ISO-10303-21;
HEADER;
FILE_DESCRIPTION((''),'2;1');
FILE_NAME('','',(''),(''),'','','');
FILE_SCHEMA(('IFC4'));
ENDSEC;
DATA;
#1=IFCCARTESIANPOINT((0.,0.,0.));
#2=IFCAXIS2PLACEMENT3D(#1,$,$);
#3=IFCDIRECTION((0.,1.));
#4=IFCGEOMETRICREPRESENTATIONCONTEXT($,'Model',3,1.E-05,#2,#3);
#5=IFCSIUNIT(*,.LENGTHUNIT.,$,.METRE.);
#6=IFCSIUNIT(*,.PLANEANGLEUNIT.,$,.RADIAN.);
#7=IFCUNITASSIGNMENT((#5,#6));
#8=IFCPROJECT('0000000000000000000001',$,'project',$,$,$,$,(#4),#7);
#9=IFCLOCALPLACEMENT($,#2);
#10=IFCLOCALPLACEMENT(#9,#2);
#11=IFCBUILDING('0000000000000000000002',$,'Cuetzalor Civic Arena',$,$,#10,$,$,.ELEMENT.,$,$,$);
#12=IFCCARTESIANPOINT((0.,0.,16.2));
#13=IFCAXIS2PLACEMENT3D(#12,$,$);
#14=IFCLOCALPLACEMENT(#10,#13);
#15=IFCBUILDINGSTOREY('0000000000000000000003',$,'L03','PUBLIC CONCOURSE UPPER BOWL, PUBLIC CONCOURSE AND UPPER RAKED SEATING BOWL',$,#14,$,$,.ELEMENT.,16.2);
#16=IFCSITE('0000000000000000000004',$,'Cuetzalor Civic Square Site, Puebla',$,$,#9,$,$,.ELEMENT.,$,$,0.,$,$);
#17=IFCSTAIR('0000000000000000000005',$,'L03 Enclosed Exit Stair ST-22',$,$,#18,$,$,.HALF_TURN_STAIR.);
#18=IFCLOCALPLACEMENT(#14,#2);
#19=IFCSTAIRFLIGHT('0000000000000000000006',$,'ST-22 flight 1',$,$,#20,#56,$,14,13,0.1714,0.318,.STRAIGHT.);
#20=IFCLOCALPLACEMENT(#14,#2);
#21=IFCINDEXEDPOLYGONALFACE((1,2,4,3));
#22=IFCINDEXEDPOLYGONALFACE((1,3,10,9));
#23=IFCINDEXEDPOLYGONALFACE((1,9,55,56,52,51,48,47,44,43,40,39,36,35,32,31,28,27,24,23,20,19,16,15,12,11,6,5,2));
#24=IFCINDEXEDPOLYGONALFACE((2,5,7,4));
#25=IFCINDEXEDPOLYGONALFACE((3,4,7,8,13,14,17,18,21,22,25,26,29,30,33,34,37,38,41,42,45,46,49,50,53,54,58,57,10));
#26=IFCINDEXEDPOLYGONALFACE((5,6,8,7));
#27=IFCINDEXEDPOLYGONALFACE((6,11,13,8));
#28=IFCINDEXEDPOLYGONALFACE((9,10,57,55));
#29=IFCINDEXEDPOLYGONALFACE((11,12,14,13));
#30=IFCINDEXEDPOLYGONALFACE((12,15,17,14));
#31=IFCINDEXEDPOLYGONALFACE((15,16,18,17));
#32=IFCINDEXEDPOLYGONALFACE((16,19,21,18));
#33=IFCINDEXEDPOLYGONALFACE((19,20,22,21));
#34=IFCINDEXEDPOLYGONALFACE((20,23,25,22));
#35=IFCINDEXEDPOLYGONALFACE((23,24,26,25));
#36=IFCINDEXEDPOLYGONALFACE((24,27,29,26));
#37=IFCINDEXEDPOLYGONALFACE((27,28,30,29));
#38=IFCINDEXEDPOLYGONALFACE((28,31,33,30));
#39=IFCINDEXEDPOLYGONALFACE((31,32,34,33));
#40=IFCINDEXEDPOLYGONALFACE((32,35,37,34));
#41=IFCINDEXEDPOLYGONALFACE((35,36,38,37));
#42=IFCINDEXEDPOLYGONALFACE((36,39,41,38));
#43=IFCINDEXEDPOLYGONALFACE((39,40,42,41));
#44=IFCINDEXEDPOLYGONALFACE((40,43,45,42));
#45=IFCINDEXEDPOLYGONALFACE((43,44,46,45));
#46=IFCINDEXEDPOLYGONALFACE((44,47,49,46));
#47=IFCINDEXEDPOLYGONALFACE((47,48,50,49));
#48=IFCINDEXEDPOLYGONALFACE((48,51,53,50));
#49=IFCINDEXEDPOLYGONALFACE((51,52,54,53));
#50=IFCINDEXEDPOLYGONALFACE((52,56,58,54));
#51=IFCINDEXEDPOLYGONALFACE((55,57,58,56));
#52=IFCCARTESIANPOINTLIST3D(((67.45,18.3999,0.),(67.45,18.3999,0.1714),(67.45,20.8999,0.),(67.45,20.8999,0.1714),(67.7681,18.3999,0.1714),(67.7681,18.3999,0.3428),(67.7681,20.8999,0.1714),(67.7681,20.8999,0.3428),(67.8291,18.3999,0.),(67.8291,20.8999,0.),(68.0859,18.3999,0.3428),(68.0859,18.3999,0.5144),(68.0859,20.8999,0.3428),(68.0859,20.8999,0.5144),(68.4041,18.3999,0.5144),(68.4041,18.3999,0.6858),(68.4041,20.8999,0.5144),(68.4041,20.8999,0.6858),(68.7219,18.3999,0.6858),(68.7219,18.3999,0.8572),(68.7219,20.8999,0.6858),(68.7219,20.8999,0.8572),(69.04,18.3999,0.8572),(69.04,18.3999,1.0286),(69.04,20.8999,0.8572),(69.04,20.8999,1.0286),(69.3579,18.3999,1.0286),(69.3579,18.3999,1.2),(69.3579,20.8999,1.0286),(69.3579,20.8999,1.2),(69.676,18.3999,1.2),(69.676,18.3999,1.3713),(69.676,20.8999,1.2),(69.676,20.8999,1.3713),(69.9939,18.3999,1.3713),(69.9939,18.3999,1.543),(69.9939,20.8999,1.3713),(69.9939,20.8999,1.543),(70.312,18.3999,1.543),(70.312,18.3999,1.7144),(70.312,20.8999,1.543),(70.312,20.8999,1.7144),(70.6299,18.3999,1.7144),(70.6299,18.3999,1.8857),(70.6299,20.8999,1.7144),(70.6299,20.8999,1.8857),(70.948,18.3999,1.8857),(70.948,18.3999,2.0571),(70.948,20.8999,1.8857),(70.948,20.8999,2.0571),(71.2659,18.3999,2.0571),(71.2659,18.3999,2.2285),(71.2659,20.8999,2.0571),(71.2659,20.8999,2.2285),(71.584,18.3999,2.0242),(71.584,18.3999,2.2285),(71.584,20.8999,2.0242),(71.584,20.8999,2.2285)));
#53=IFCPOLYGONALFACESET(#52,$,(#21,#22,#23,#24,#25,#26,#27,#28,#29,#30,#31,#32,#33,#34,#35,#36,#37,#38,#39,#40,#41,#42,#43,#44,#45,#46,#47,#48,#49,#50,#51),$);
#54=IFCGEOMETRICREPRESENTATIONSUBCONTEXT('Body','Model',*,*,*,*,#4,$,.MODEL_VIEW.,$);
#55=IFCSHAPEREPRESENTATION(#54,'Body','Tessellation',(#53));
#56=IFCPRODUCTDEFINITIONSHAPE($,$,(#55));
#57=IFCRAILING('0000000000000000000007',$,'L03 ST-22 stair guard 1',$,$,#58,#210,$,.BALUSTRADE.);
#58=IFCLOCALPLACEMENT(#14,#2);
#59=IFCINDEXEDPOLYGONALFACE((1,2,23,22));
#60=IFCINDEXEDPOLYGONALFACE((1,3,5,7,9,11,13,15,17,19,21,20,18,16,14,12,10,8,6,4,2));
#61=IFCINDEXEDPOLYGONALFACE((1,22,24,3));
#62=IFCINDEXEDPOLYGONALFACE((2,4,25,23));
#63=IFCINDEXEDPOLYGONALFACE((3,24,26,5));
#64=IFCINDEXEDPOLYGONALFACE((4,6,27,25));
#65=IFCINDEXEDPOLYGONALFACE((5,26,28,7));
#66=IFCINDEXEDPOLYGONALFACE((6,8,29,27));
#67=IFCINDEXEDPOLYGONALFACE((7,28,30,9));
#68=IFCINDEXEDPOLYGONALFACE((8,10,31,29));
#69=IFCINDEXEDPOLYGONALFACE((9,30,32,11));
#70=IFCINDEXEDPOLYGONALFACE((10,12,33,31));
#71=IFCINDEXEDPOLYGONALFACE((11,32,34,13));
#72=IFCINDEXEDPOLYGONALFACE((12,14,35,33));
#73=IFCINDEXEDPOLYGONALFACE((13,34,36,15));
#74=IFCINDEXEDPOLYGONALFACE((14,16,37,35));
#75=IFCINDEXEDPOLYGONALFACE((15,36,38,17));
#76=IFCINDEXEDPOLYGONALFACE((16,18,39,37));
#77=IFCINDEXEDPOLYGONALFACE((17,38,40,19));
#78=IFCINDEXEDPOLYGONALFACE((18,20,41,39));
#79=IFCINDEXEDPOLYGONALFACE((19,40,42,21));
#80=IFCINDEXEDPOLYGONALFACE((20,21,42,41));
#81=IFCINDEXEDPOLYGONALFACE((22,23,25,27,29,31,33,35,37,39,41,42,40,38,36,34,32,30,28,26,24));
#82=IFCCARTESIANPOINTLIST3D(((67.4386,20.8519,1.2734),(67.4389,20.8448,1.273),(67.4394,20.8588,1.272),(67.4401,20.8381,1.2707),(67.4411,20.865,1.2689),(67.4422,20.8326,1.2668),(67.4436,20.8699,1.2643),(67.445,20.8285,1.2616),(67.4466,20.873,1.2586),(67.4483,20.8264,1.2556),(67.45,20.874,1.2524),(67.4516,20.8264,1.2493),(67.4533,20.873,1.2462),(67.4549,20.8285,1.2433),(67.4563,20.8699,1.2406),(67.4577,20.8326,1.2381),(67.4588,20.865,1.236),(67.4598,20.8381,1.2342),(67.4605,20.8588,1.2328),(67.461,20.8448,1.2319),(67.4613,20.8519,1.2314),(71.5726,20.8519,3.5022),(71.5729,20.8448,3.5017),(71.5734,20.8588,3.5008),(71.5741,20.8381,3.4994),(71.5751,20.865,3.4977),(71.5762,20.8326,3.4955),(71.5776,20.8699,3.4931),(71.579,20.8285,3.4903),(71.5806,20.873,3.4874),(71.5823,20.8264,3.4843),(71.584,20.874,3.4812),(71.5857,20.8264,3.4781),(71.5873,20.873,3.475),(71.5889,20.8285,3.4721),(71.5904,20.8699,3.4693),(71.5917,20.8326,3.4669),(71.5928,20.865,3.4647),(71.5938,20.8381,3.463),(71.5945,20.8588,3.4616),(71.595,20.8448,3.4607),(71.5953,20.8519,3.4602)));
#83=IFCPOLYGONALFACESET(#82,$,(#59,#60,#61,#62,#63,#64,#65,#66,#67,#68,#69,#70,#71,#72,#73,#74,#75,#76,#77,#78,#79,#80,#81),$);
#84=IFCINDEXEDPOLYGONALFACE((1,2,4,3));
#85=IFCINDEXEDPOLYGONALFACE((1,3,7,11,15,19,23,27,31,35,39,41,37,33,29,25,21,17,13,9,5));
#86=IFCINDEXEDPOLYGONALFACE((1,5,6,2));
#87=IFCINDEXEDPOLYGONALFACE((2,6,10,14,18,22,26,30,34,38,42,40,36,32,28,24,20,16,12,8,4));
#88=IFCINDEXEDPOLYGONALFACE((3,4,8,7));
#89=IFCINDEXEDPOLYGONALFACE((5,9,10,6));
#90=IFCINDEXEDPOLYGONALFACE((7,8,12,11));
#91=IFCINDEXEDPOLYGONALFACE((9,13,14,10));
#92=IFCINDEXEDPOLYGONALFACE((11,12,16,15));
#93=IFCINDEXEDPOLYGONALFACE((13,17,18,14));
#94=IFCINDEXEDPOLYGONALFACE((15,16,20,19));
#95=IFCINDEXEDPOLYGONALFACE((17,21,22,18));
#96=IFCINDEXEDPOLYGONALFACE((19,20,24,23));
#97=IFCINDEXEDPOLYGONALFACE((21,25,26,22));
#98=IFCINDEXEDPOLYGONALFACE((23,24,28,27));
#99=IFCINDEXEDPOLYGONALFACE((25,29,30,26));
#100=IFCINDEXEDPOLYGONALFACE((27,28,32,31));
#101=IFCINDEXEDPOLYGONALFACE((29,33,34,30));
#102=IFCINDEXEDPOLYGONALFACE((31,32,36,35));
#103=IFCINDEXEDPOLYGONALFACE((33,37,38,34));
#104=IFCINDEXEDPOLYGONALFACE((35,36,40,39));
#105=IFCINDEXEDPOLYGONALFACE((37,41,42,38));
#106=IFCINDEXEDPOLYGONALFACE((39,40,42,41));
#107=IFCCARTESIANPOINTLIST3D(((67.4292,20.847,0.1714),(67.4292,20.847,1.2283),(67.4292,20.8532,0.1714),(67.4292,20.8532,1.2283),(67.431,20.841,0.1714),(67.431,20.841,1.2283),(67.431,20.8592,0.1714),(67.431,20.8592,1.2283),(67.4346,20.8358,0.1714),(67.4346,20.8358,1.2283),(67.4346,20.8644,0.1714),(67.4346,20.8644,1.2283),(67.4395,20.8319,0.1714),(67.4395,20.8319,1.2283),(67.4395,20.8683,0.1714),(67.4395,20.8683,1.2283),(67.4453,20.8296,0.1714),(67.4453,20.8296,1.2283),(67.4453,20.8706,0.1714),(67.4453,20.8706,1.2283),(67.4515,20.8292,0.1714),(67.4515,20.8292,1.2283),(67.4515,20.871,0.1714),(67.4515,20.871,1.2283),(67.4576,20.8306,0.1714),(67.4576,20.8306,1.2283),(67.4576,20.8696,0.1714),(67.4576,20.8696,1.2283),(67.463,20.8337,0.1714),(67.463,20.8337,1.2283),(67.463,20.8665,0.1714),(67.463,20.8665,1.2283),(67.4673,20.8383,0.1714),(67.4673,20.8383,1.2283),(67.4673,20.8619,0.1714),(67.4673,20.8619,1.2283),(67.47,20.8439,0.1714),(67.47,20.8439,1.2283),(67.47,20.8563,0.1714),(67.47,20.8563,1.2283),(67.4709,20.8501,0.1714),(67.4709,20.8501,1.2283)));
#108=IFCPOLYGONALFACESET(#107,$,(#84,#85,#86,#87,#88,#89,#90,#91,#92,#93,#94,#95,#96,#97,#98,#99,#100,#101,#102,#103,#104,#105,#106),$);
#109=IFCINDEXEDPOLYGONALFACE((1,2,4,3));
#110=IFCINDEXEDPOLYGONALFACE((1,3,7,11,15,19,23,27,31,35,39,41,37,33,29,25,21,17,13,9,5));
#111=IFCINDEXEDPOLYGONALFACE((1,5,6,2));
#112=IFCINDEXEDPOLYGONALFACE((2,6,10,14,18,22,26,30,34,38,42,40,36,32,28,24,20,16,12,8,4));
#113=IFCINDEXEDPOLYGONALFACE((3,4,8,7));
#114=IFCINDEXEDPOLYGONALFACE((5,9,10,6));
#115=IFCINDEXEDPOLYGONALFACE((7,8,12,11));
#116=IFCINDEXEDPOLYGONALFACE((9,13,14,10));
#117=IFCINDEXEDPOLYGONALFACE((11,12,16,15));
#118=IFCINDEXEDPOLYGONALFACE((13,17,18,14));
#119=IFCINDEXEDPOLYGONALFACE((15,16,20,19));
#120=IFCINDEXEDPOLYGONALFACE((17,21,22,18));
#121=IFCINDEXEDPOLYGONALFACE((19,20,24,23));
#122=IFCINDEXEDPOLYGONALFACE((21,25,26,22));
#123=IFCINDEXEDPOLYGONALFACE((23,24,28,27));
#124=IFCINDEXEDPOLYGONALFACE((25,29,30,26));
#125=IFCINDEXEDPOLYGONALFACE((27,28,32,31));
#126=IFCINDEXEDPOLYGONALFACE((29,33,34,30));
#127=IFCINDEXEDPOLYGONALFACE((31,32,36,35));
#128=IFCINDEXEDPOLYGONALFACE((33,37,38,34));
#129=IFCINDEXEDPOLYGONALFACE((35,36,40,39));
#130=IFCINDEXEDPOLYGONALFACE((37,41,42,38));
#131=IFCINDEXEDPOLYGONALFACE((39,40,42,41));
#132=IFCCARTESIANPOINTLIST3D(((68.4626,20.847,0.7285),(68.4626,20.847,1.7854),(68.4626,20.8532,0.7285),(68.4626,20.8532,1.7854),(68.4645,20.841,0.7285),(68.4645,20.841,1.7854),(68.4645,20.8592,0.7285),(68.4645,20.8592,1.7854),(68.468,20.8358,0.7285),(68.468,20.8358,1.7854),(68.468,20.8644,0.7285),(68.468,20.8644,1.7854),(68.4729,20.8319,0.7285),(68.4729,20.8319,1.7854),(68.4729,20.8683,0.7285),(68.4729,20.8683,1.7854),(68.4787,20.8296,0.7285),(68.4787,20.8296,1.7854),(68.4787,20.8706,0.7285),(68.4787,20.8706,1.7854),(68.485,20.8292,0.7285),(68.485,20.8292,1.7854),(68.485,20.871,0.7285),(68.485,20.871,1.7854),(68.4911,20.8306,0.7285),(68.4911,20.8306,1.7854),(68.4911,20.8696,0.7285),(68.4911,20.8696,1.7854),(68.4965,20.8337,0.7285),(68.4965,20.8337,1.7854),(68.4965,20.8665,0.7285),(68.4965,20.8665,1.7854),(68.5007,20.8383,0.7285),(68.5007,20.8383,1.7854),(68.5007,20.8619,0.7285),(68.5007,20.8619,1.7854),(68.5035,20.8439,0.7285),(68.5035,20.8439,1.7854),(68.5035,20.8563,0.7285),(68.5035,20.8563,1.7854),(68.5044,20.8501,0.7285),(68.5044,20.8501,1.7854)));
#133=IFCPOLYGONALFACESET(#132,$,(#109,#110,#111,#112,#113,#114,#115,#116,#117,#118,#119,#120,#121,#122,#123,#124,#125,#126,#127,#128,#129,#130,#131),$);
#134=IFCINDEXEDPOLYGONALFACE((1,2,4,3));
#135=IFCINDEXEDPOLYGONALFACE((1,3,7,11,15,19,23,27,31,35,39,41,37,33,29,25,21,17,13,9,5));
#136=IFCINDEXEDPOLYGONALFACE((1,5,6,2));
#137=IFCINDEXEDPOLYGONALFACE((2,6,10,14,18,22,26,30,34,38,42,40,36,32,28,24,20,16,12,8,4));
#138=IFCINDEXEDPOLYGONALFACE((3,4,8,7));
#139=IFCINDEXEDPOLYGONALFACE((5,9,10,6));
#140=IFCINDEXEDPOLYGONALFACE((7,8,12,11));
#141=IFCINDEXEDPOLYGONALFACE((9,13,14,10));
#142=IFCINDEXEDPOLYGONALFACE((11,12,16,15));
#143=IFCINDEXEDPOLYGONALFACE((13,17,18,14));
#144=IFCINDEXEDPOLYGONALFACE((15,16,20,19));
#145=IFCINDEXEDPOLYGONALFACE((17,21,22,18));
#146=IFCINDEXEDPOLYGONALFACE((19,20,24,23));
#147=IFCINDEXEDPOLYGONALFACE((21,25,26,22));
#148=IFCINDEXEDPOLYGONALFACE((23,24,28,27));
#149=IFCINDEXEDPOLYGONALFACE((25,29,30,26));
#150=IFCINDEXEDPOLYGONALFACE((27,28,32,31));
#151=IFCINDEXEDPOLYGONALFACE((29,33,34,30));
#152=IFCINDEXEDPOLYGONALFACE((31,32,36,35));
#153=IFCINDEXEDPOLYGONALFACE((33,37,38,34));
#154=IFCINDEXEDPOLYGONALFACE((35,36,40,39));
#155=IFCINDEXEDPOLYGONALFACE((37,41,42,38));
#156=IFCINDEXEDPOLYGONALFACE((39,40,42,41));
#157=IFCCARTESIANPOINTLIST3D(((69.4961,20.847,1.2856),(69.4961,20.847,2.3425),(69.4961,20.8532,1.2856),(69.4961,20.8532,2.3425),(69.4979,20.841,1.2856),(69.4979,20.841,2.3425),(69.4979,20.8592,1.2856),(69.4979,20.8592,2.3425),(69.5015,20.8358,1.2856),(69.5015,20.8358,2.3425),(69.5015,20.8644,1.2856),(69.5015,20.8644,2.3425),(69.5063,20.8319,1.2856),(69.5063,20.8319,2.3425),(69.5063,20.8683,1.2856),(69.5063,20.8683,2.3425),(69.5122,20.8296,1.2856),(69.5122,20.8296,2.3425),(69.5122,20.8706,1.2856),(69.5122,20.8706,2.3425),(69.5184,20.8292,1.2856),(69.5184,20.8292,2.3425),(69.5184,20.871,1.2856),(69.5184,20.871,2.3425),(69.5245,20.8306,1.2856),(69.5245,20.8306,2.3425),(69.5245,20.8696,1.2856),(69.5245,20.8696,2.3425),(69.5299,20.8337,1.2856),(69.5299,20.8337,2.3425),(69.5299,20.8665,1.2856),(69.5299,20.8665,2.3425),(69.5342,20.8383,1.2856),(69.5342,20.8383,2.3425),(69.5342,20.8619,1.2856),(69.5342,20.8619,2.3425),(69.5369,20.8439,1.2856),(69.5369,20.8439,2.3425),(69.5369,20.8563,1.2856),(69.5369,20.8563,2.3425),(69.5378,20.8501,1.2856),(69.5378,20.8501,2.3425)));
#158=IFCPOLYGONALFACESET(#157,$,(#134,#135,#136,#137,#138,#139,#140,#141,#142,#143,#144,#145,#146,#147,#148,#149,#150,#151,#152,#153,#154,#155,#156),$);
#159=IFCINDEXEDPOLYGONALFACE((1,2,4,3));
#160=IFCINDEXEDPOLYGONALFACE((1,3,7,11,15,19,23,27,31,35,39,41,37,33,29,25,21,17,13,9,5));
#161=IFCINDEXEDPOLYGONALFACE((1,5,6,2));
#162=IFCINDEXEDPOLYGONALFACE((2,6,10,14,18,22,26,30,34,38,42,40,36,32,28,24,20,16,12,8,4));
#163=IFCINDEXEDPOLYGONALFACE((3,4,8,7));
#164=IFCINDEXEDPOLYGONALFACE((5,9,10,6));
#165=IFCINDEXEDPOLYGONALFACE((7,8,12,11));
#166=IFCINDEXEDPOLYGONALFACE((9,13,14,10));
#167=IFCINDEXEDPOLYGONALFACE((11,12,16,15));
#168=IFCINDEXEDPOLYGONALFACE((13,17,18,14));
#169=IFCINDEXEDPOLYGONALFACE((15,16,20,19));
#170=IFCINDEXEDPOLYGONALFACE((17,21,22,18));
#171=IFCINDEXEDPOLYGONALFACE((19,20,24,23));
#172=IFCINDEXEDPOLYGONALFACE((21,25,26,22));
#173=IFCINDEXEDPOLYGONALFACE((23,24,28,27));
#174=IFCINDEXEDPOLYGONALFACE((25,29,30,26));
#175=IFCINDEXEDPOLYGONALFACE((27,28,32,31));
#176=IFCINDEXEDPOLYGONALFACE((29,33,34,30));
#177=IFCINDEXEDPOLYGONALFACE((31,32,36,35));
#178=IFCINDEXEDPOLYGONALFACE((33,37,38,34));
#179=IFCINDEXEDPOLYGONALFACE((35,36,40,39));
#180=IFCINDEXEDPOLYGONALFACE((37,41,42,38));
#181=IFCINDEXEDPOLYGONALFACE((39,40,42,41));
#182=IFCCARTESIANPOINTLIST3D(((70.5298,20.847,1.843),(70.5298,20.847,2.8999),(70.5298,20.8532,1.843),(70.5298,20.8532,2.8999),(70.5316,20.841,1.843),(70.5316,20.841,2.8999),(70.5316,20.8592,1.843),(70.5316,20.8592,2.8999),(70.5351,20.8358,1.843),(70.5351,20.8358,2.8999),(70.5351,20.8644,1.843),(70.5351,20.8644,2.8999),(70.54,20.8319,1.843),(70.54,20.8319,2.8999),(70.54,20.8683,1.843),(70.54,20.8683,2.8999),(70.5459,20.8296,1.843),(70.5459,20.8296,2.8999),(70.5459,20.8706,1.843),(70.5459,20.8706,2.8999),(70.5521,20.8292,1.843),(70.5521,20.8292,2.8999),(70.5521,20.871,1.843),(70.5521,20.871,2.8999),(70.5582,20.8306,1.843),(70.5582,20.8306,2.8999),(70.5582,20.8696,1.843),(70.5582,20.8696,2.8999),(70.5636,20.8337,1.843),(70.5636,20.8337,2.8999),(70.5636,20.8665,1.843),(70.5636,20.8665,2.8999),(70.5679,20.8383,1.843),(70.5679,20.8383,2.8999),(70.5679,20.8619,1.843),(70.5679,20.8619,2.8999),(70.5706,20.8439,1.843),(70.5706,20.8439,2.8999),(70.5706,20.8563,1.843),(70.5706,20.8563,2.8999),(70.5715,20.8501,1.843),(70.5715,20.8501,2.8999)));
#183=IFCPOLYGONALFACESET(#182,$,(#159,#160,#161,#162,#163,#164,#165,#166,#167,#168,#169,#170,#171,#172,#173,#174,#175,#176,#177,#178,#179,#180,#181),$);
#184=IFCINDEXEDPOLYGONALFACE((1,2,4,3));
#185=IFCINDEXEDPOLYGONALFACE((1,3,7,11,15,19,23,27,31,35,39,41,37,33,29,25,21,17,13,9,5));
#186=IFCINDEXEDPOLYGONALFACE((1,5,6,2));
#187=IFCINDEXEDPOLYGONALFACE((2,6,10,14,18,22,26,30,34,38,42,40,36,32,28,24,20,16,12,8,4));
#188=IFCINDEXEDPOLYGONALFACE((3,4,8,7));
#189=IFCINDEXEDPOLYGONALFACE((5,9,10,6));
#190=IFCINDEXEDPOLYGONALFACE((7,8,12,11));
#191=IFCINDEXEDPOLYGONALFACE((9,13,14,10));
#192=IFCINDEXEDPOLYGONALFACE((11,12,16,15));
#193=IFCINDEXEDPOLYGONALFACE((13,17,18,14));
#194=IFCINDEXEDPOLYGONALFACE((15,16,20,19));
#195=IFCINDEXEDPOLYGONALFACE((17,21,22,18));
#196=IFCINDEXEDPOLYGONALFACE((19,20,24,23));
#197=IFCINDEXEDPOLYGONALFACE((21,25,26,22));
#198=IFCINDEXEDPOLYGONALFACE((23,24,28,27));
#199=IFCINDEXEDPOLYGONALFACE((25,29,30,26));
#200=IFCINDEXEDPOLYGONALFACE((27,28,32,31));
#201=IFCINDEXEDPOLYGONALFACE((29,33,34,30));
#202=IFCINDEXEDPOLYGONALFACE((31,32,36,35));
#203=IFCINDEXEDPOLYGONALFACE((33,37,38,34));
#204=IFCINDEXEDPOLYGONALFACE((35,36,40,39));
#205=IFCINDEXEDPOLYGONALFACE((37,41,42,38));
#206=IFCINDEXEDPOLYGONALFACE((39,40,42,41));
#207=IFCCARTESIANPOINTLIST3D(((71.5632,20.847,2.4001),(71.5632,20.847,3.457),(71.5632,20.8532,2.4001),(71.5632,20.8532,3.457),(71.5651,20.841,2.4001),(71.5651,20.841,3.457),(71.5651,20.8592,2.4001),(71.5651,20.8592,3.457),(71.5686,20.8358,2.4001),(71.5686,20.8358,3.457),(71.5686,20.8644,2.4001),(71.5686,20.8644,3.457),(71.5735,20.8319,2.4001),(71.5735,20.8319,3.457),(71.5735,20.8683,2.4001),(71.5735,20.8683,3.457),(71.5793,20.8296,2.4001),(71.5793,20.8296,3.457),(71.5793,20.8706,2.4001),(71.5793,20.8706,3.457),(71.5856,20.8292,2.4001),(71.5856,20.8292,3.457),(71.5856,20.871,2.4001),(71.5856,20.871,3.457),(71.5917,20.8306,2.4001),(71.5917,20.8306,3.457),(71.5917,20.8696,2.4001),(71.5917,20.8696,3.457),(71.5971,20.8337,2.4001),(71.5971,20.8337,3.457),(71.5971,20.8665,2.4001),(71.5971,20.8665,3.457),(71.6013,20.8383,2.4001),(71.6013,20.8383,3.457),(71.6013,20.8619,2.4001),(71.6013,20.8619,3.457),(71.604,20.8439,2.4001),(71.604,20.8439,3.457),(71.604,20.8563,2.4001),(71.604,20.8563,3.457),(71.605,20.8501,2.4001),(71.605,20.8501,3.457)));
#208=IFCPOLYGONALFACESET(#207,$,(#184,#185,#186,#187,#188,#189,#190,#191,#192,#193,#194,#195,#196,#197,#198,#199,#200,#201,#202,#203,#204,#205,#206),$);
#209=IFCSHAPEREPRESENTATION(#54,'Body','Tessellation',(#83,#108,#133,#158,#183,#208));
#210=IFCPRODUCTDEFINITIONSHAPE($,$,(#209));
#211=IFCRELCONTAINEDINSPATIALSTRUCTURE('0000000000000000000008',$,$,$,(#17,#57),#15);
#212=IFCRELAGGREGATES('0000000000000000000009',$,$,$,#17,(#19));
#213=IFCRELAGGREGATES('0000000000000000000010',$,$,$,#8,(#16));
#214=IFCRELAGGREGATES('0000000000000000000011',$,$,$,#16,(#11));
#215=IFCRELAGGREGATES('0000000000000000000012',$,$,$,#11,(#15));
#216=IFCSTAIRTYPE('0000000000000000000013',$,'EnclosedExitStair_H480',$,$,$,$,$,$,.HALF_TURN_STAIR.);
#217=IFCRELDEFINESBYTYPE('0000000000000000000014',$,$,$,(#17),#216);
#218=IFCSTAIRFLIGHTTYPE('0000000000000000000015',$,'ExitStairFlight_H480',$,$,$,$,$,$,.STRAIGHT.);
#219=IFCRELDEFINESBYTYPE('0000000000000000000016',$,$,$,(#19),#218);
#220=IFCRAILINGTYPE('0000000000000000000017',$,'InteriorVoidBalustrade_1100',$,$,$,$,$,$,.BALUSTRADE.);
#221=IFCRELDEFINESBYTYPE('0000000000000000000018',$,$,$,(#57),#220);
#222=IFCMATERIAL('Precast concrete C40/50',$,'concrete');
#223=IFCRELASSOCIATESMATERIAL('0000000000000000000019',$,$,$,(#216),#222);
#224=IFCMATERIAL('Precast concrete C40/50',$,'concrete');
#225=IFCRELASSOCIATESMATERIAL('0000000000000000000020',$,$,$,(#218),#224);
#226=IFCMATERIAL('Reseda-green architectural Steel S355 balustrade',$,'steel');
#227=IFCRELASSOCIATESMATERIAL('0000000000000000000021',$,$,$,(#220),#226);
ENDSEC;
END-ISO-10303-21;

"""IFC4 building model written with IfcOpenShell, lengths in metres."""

from ifc_helpers import new_model, si_unit, direction, frame, origin, origin_2d, place, context, subcontext, project, spatial, polyline, circle, outline, extrude, material, type_object, element, aggregate, save


model = new_model("IFC4")

# Units and contexts
model_context = context("Model", 3, precision=1e-05, world=origin(), true_north=direction((0.0, 1.0)))
body_context = subcontext(model_context, "Body", "Model", "MODEL_VIEW")
ifc_project = project(units=[si_unit("LENGTHUNIT", "METRE"), si_unit("PLANEANGLEUNIT", "RADIAN")], contexts=[model_context])

# Site, building, storey
site_placement = place(None, origin())
site = spatial("IfcSite", under=ifc_project, at=site_placement, Name="Cuetzalor Civic Square Site, Puebla", CompositionType="ELEMENT", RefElevation=0.0)
building_placement = place(site_placement, origin())
building = spatial("IfcBuilding", under=site, at=building_placement, Name="Cuetzalor Civic Arena", CompositionType="ELEMENT")
storey_placement = place(building_placement, frame((0.0, 0.0, 16.2)))
storey = spatial("IfcBuildingStorey", under=building, at=storey_placement, Name="L03", Description="PUBLIC CONCOURSE UPPER BOWL, PUBLIC CONCOURSE AND UPPER RAKED SEATING BOWL", CompositionType="ELEMENT", Elevation=16.2)

# Stair, stair flight
ifc_material_1 = material(Name="Precast concrete C40/50", Category="concrete")
stair_type = type_object("IfcStairType", Name="EnclosedExitStair_H480", PredefinedType="HALF_TURN_STAIR", material=ifc_material_1)
stair_placement = place(storey_placement, origin())
stair = element("IfcStair", 1, at=stair_placement, inside=storey, type_object=stair_type, Name="L03 Enclosed Exit Stair ST-22", PredefinedType="HALF_TURN_STAIR")
ifc_material_2 = material(Name="Precast concrete C40/50", Category="concrete")
stair_flight_type = type_object("IfcStairFlightType", Name="ExitStairFlight_H480", PredefinedType="STRAIGHT", material=ifc_material_2)
stair_flight_placement = place(storey_placement, frame((67.45, 19.6499, 0.0), z_axis=(0.0, 0.0, 1.0), x_axis=(1.0, 0.0, 0.0)))
stair_flight = element("IfcStairFlight", 2, at=stair_flight_placement, type_object=stair_flight_type, Name="ST-22 flight 1", NumberOfRisers=14, NumberOfTreads=13, PredefinedType="STRAIGHT", RiserHeight=0.1714, TreadLength=0.318, context=body_context, shape_type="SweptSolid", body=[
    extrude(outline(polyline([(0.0, 0.0), (0.0, 0.1714), (0.3181, 0.1714), (0.3181, 0.3428), (0.636, 0.3428), (0.636, 0.5144), (0.9541, 0.5144), (0.9541, 0.6858), (1.272, 0.6858), (1.272, 0.8572), (1.5901, 0.8572), (1.5901, 1.0286), (1.908, 1.0286), (1.908, 1.2), (2.2261, 1.2), (2.2261, 1.3713), (2.5439, 1.3713), (2.5439, 1.543), (2.8621, 1.543), (2.8621, 1.7144), (3.1799, 1.7144), (3.1799, 1.8857), (3.498, 1.8857), (3.498, 2.0571), (3.8159, 2.0571), (3.8159, 2.2285), (4.134, 2.2285), (4.134, 2.3999), (4.134, 2.0242), (0.3792, 0.0), (0.0, 0.0)])), frame((0.0, 1.25, 0.0), z_axis=(0.0, -1.0, 0.0), x_axis=(1.0, 0.0, 0.0)), (0.0, 0.0, 1.0), 2.5),
])
aggregate(stair, [stair_flight])

# Railing
ifc_material_3 = material(Name="Reseda-green architectural Steel S355 balustrade", Category="steel")
railing_type_1 = type_object("IfcRailingType", Name="InteriorVoidBalustrade_1100", PredefinedType="BALUSTRADE", material=ifc_material_3)
railing_1_placement = place(storey_placement, frame((67.45, 20.8501, 0.1714)))
element("IfcRailing", 3, at=railing_1_placement, inside=storey, type_object=railing_type_1, Name="L03 ST-22 stair guard 1", PredefinedType="BALUSTRADE", context=body_context, shape_type="SweptSolid", body=[
    extrude(circle(Radius=0.0239, at=origin_2d()), frame((0.0, 0.0, 1.0811), z_axis=(0.880227, 0.0, 0.474552), x_axis=(0.0, 1.0, 0.0)), (0.0, 0.0, 1.0), 4.6965),
    extrude(circle(Radius=0.021, at=origin_2d()), origin(), (0.0, 0.0, 1.0), 1.0569),
    extrude(circle(Radius=0.021, at=origin_2d()), frame((1.0334, 0.0, 0.5571)), (0.0, 0.0, 1.0), 1.0569),
    extrude(circle(Radius=0.021, at=origin_2d()), frame((2.0669, 0.0, 1.1143)), (0.0, 0.0, 1.0), 1.0569),
    extrude(circle(Radius=0.021, at=origin_2d()), frame((3.1006, 0.0, 1.6716)), (0.0, 0.0, 1.0), 1.0569),
    extrude(circle(Radius=0.021, at=origin_2d()), frame((4.134, 0.0, 2.2288)), (0.0, 0.0, 1.0), 1.0569),
])

save(model, "model.ifc")
